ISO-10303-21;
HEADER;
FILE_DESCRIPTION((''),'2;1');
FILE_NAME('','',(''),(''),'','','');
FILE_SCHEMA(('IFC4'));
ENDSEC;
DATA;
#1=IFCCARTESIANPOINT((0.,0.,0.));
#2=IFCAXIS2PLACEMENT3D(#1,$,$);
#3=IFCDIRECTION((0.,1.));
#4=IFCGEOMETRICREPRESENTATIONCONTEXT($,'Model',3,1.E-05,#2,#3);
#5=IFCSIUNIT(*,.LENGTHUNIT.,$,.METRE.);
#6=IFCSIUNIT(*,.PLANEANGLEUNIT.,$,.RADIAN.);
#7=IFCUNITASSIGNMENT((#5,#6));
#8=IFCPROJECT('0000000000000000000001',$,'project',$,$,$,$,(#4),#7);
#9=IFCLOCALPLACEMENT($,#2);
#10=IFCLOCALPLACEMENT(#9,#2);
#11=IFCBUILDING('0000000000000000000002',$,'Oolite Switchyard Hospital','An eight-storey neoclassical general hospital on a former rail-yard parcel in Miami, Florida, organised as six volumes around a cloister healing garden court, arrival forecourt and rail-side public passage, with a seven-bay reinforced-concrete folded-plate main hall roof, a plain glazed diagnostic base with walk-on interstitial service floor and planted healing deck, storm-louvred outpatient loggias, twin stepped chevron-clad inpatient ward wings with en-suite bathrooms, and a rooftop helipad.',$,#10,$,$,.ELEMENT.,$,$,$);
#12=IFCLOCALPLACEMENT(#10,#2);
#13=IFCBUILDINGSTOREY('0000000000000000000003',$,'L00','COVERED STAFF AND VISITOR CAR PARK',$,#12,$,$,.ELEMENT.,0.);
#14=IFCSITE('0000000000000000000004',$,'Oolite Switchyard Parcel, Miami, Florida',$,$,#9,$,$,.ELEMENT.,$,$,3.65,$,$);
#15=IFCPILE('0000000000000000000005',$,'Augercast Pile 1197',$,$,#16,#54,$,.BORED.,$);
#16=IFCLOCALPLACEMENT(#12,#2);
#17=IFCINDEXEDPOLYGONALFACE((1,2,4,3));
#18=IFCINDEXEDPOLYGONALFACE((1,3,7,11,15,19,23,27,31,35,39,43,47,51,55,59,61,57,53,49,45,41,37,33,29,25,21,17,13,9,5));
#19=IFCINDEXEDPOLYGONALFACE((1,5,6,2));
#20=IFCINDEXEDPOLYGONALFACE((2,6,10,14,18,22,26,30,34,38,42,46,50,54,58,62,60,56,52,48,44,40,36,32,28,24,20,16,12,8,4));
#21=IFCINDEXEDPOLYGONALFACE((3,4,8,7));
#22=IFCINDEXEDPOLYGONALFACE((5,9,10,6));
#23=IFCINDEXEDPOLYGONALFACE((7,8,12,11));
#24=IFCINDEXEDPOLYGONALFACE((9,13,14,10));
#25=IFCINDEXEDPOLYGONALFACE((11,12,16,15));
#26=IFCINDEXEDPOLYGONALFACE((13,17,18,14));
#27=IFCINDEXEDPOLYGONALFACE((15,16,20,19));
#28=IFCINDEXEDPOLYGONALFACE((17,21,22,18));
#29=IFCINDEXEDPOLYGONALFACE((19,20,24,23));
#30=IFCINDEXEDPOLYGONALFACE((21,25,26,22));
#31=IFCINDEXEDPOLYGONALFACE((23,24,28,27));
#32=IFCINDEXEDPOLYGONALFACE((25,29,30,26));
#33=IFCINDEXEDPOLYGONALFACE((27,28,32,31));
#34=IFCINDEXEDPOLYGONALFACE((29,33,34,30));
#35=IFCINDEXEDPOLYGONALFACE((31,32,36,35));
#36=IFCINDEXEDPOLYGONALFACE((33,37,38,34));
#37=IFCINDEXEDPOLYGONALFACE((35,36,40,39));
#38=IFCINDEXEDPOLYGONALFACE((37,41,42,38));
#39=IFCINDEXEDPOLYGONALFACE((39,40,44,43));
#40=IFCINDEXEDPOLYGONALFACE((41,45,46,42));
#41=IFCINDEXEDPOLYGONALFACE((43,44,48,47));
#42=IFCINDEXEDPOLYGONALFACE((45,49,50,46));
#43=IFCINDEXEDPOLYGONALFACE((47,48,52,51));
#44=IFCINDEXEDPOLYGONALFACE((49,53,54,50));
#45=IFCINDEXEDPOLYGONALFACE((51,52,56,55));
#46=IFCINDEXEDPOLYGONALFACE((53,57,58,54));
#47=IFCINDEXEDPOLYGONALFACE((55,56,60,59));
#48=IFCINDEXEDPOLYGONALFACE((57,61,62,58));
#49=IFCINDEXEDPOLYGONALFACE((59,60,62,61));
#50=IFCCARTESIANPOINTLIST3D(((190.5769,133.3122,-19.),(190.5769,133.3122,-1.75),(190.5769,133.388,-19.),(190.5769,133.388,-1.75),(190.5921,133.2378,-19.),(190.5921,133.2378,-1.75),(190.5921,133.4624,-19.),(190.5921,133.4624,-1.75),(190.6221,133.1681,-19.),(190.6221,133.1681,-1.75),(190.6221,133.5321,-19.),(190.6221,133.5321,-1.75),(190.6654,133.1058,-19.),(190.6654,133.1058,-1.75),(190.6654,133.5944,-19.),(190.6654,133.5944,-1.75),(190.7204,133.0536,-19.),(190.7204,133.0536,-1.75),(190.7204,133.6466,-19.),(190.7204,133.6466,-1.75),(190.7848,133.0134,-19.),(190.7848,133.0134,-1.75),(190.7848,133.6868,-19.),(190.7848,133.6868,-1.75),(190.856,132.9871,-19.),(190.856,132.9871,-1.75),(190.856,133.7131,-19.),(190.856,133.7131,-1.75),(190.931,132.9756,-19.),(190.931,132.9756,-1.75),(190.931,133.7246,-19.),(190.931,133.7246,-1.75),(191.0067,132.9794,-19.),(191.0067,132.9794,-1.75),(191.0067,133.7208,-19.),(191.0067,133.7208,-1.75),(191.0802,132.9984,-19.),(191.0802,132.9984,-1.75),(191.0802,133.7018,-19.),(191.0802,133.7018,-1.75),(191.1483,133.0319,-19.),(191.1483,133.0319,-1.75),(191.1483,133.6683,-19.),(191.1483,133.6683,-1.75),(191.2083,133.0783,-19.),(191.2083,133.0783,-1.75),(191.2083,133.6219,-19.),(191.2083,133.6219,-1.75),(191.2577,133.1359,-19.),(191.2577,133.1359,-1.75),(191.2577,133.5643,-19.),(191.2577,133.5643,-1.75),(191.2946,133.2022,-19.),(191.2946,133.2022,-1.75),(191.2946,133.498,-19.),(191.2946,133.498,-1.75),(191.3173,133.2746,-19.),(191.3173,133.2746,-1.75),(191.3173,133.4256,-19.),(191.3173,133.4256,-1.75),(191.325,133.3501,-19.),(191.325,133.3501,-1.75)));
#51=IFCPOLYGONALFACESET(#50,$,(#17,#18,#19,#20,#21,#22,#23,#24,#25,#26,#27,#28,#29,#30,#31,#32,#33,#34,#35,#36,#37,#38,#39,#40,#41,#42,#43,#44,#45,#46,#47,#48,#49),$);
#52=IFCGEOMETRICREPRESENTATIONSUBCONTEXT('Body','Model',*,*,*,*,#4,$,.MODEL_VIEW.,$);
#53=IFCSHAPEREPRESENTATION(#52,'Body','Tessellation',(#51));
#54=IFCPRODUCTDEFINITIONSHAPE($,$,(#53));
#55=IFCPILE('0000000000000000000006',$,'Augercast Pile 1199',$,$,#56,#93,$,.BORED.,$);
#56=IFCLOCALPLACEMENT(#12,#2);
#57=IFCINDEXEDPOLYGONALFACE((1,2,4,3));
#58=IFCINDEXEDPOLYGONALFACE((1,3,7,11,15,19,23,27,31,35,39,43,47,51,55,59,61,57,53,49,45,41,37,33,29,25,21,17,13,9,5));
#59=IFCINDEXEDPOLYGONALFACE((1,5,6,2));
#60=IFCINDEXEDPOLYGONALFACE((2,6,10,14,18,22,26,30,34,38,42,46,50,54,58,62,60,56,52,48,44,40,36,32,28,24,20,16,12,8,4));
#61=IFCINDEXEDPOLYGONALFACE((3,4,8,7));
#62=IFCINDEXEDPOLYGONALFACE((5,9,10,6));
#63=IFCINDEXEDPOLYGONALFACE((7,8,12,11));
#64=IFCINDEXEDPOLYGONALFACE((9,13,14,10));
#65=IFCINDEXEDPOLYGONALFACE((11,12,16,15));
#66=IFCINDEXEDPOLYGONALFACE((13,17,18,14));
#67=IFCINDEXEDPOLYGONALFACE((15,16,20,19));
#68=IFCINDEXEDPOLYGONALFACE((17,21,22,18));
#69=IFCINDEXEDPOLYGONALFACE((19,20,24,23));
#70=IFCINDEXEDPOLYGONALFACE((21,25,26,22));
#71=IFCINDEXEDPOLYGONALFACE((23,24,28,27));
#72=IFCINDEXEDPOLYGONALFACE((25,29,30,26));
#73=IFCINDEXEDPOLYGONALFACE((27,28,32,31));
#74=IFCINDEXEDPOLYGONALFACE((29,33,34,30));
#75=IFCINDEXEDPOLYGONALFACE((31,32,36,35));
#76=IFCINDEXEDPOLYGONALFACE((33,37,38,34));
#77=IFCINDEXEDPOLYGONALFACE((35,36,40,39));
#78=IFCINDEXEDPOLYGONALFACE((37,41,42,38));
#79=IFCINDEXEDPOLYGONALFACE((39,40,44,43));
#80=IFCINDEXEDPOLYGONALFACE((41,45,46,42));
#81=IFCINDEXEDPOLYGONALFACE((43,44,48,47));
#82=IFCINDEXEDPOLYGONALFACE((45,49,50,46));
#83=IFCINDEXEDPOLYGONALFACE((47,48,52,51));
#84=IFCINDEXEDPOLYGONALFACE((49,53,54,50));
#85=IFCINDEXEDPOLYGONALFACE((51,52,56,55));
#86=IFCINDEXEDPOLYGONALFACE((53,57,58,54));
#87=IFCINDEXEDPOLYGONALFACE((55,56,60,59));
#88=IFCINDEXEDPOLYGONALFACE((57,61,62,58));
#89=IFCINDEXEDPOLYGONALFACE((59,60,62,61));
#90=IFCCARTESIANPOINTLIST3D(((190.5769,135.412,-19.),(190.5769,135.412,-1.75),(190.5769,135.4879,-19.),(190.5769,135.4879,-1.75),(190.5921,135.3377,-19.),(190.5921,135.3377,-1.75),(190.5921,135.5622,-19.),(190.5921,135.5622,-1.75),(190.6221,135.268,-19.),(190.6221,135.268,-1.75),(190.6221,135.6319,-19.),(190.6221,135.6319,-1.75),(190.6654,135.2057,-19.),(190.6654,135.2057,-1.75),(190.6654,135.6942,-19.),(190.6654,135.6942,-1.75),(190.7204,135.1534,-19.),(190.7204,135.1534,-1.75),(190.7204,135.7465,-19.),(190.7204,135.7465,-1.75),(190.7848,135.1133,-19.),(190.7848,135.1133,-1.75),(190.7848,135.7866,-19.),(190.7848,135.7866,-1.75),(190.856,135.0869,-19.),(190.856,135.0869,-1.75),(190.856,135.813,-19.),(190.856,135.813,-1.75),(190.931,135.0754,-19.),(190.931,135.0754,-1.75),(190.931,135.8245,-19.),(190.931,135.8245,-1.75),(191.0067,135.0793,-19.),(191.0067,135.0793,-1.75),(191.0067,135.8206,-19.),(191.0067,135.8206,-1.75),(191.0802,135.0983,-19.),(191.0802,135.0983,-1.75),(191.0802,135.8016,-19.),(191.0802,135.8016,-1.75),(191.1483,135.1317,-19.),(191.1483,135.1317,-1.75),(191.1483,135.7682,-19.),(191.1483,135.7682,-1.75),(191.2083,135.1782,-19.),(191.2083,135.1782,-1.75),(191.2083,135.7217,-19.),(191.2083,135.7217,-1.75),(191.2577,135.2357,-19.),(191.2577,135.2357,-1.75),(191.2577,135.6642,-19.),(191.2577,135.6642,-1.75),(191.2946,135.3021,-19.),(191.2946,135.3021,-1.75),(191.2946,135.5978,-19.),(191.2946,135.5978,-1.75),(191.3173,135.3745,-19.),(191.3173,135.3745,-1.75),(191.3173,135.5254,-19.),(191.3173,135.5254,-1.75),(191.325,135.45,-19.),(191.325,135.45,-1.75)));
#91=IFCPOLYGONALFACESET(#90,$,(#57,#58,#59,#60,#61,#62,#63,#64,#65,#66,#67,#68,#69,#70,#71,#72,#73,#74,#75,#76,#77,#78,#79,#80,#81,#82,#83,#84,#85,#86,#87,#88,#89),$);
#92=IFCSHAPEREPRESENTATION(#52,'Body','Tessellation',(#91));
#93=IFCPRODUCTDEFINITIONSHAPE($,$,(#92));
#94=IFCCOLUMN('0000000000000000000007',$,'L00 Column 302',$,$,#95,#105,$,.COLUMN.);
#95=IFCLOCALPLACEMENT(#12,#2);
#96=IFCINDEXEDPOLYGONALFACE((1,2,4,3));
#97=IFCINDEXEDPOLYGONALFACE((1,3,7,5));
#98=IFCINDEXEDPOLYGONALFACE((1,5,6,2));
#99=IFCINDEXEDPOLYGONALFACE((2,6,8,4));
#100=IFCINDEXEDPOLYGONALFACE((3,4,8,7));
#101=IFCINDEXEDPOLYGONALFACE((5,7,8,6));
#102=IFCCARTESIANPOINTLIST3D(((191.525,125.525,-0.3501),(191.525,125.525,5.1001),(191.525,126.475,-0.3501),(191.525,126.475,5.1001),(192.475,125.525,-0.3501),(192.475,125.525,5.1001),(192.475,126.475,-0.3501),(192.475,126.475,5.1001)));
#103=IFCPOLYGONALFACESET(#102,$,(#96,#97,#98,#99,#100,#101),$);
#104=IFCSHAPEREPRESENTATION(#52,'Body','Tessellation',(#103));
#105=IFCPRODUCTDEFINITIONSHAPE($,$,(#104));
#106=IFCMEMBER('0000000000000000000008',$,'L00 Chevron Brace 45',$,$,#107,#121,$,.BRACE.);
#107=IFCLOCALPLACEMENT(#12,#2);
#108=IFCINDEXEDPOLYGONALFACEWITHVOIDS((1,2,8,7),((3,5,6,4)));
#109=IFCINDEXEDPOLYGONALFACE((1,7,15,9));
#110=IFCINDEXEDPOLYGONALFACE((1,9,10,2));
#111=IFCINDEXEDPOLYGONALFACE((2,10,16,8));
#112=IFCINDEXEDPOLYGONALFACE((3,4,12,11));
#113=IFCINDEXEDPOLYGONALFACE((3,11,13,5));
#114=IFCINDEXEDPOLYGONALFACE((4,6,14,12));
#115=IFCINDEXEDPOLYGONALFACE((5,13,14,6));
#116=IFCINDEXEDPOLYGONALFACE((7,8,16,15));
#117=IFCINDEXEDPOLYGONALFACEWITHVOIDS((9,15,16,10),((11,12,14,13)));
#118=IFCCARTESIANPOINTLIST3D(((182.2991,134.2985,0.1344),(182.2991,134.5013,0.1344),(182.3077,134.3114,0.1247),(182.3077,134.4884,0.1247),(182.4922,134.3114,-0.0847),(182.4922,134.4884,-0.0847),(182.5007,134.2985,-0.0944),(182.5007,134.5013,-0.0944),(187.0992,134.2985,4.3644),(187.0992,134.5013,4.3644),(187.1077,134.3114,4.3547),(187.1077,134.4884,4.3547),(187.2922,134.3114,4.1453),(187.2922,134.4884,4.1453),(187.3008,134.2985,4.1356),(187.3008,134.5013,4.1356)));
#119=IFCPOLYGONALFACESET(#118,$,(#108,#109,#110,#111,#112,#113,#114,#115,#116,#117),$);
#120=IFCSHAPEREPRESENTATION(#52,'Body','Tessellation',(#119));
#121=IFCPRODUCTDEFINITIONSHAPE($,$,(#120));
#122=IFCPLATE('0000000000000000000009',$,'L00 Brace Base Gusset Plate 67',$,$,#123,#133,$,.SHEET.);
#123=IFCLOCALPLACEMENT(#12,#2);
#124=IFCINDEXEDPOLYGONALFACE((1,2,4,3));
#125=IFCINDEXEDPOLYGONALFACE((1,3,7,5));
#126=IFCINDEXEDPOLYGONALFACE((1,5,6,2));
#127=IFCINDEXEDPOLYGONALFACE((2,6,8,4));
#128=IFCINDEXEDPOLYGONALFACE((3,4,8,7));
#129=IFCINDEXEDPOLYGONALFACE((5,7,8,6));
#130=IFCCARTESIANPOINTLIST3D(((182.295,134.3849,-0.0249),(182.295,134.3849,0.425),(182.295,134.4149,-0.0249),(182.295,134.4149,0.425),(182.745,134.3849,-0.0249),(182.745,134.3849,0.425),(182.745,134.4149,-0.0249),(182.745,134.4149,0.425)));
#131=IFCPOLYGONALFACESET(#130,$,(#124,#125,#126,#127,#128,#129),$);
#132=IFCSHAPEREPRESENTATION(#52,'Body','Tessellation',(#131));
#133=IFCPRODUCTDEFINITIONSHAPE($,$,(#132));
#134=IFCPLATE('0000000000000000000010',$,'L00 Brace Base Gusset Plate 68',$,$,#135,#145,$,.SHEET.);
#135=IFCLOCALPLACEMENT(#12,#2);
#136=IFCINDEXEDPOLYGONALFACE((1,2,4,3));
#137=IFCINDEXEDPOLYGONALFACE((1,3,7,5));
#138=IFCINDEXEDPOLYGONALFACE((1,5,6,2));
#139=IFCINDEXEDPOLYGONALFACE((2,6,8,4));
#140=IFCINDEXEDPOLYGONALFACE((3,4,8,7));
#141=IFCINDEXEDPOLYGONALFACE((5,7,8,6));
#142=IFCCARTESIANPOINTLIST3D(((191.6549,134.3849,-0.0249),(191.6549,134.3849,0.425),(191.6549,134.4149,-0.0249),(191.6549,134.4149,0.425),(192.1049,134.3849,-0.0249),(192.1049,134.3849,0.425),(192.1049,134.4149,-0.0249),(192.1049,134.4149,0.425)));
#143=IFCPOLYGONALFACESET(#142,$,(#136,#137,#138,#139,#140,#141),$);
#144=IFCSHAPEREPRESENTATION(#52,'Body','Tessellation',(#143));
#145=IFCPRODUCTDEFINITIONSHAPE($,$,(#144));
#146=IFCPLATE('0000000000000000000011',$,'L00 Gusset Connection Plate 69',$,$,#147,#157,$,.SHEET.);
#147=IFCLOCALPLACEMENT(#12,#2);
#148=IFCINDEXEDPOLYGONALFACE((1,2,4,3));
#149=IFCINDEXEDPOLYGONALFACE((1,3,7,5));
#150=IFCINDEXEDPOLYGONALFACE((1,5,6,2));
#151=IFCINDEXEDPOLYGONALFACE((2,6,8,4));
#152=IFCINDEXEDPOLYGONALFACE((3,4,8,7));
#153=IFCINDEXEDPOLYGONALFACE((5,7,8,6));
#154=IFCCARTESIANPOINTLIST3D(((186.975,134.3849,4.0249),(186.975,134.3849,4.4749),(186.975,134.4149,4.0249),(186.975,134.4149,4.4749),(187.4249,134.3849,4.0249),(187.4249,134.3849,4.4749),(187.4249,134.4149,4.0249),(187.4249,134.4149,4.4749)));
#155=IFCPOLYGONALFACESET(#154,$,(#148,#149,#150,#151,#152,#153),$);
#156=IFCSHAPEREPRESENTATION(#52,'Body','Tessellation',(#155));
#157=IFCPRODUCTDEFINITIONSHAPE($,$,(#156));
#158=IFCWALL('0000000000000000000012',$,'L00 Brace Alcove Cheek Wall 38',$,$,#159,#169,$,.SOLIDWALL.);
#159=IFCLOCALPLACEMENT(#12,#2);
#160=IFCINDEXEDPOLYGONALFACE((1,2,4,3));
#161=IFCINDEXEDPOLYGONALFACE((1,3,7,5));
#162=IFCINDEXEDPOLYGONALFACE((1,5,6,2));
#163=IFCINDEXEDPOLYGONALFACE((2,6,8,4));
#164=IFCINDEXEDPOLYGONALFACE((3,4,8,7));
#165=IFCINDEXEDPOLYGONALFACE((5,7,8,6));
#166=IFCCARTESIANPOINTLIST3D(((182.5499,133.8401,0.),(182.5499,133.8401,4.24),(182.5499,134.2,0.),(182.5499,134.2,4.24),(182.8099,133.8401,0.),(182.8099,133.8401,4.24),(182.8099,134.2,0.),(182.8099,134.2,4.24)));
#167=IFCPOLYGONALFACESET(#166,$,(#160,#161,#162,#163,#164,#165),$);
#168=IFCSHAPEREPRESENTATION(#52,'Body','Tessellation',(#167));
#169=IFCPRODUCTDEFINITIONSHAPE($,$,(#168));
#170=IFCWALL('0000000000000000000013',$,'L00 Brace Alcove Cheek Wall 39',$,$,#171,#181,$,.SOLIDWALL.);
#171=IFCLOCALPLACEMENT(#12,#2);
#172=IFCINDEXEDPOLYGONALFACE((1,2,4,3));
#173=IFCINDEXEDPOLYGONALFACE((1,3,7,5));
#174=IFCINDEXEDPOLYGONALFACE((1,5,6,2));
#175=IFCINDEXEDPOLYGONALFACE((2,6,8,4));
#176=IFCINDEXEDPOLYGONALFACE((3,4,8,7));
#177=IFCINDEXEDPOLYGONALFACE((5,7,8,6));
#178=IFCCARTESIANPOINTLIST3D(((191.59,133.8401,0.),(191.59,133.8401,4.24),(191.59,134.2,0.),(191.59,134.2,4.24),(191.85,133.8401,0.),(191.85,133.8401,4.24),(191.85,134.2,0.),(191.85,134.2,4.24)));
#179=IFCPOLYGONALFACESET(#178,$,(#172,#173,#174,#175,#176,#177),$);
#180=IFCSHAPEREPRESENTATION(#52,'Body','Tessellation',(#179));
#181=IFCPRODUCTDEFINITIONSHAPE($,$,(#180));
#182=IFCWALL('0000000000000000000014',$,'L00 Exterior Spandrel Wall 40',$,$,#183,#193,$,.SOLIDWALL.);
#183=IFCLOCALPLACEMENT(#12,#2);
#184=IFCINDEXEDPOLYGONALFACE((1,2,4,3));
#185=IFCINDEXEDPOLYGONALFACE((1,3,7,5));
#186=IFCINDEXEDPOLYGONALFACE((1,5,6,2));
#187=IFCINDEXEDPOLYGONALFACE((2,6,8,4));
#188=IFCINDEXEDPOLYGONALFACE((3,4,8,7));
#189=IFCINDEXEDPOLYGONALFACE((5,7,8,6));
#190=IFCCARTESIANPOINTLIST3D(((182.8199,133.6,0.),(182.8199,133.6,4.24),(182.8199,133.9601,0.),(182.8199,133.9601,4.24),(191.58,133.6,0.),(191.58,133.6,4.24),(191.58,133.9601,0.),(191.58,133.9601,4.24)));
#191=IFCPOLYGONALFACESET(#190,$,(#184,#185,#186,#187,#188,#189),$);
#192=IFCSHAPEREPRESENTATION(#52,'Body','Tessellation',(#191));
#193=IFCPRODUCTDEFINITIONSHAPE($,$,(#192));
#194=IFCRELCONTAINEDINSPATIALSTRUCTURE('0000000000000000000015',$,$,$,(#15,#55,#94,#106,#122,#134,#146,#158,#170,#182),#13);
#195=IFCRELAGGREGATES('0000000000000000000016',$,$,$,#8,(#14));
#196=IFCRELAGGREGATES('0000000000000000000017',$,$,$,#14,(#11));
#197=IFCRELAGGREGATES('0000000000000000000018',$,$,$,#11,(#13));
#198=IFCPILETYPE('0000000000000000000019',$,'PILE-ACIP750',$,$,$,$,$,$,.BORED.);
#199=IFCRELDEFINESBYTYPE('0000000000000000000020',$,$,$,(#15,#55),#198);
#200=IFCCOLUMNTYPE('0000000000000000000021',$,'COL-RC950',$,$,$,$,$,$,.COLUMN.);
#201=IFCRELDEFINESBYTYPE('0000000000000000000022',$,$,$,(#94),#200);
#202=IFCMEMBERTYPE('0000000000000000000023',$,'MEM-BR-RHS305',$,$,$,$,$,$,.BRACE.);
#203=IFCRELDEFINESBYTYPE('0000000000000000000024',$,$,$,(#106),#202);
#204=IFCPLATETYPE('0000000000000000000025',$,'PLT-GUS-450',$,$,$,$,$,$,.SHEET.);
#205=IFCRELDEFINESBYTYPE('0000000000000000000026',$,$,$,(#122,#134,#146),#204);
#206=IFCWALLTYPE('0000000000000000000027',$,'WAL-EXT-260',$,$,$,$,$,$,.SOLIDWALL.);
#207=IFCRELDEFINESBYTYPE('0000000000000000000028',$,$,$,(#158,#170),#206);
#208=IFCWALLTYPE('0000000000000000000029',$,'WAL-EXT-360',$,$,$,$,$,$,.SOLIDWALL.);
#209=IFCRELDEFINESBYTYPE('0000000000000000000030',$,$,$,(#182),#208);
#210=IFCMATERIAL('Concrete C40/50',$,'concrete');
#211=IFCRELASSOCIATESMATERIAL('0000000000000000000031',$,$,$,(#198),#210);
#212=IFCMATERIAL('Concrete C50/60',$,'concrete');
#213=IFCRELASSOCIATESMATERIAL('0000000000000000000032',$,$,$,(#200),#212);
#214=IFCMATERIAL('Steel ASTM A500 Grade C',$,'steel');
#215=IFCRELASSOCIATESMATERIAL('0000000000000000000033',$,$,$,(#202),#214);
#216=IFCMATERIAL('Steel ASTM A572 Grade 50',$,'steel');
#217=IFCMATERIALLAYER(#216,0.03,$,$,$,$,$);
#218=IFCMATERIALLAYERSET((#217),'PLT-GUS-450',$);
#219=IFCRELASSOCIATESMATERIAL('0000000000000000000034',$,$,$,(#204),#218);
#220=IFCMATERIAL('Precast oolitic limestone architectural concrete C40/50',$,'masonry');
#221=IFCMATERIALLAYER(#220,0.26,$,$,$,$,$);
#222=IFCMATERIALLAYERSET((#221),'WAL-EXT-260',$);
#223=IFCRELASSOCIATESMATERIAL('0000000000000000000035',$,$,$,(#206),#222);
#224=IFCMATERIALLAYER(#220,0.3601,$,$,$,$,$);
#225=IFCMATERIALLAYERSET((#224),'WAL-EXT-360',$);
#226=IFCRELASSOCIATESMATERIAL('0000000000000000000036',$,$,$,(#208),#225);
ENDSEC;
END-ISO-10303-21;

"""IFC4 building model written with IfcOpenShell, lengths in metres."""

from ifc_helpers import new_model, si_unit, direction, frame, frame_2d, origin, origin_2d, place, context, subcontext, project, spatial, rectangle, hollow_rectangle, circle, extrude, material, layer, layer_set, material_profile, profile_set, type_object, element, save


model = new_model("IFC4")

# Units and contexts
model_context = context("Model", 3, precision=1e-05, world=origin(), true_north=direction((0.0, 1.0)))
body_context = subcontext(model_context, "Body", "Model", "MODEL_VIEW")
ifc_project = project(units=[si_unit("LENGTHUNIT", "METRE"), si_unit("PLANEANGLEUNIT", "RADIAN")], contexts=[model_context])

# Site, building, storey
site_placement = place(None, origin())
site = spatial("IfcSite", under=ifc_project, at=site_placement, Name="Oolite Switchyard Parcel, Miami, Florida", CompositionType="ELEMENT", RefElevation=3.65)
building_placement = place(site_placement, origin())
building = spatial("IfcBuilding", under=site, at=building_placement, Name="Oolite Switchyard Hospital", Description="An eight-storey neoclassical general hospital on a former rail-yard parcel in Miami, Florida, organised as six volumes around a cloister healing garden court, arrival forecourt and rail-side public passage, with a seven-bay reinforced-concrete folded-plate main hall roof, a plain glazed diagnostic base with walk-on interstitial service floor and planted healing deck, storm-louvred outpatient loggias, twin stepped chevron-clad inpatient ward wings with en-suite bathrooms, and a rooftop helipad.", CompositionType="ELEMENT")
storey_placement = place(building_placement, origin())
storey = spatial("IfcBuildingStorey", under=building, at=storey_placement, Name="L00", Description="COVERED STAFF AND VISITOR CAR PARK", CompositionType="ELEMENT", Elevation=0.0)

# Shared definitions
ifc_material_1 = material(Name="Concrete C40/50", Category="concrete")

# Piles
ifc_material_profile_1 = material_profile(ifc_material_1, circle(Radius=0.375, at=origin_2d()), Name="PILE750")
ifc_profile_set_1 = profile_set([ifc_material_profile_1], Name="Concrete C40/50")
pile_type = type_object("IfcPileType", Name="PILE-ACIP750", PredefinedType="BORED", material=ifc_profile_set_1)
for number, where, z_axis, x_axis, name in (
    (1, (190.95, 133.3501, -1.75), (0.0, 0.0, -1.0), (1.0, 0.0, 0.0), "Augercast Pile 1197"),
    (2, (190.95, 135.45, -1.75), (0.0, 0.0, -1.0), (1.0, 0.0, 0.0), "Augercast Pile 1199"),
):
    element("IfcPile", number, at=place(storey_placement, frame(where, z_axis=z_axis, x_axis=x_axis)), inside=storey, type_object=pile_type, Name=name, PredefinedType="BORED", context=body_context, shape_type="SweptSolid", body=[
        extrude(circle(Radius=0.375, at=origin_2d()), origin(), (0.0, 0.0, 1.0), 17.25),
    ])

# Column
ifc_material_2 = material(Name="Concrete C50/60", Category="concrete")
ifc_material_profile_2 = material_profile(ifc_material_2, rectangle(XDim=0.95, YDim=0.95, at=origin_2d()), Name="RC950X950")
ifc_profile_set_2 = profile_set([ifc_material_profile_2], Name="Concrete C50/60")
column_type = type_object("IfcColumnType", Name="COL-RC950", PredefinedType="COLUMN", material=ifc_profile_set_2)
column_placement = place(storey_placement, frame((192.0, 126.0, -0.3501), z_axis=(0.0, 0.0, 1.0), x_axis=(1.0, 0.0, 0.0)))
element("IfcColumn", 3, at=column_placement, inside=storey, type_object=column_type, Name="L00 Column 302", PredefinedType="COLUMN", context=body_context, shape_type="SweptSolid", body=[
    extrude(rectangle(XDim=0.95, YDim=0.95, at=origin_2d()), origin(), (0.0, 0.0, 1.0), 5.4502),
])

# Member
ifc_material_3 = material(Name="Steel ASTM A500 Grade C", Category="steel")
ifc_material_profile_3 = material_profile(ifc_material_3, hollow_rectangle(XDim=0.2029, YDim=0.3049, WallThickness=0.0129, at=origin_2d()), Name="HSS305X203X13")
ifc_profile_set_3 = profile_set([ifc_material_profile_3], Name="Steel ASTM A500 Grade C")
member_type = type_object("IfcMemberType", Name="MEM-BR-RHS305", PredefinedType="BRACE", material=ifc_profile_set_3)
member_placement = place(storey_placement, frame((182.3999, 134.3999, 0.02), z_axis=(0.750253, 0.0, 0.661151), x_axis=(0.0, 1.0, 0.0)))
element("IfcMember", 4, at=member_placement, inside=storey, type_object=member_type, Name="L00 Chevron Brace 45", PredefinedType="BRACE", context=body_context, shape_type="SweptSolid", body=[
    extrude(hollow_rectangle(XDim=0.2029, YDim=0.3049, WallThickness=0.0129, at=origin_2d()), origin(), (0.0, 0.0, 1.0), 6.3979),
])

# Plates
ifc_material_4 = material(Name="Steel ASTM A572 Grade 50", Category="steel")
ifc_layer_1 = layer(ifc_material_4, 0.03)
ifc_layer_set_1 = layer_set([ifc_layer_1], Name="PLT-GUS-450")
plate_type = type_object("IfcPlateType", Name="PLT-GUS-450", PredefinedType="SHEET", material=ifc_layer_set_1)
for number, where, z_axis, x_axis, name in (
    (5, (182.52, 134.3999, -0.0249), (0.0, 0.0, 1.0), (1.0, 0.0, 0.0), "L00 Brace Base Gusset Plate 67"),
    (6, (191.8799, 134.3999, -0.0249), (0.0, 0.0, 1.0), (1.0, 0.0, 0.0), "L00 Brace Base Gusset Plate 68"),
    (7, (187.2, 134.3999, 4.0249), (0.0, 0.0, 1.0), (1.0, 0.0, 0.0), "L00 Gusset Connection Plate 69"),
):
    element("IfcPlate", number, at=place(storey_placement, frame(where, z_axis=z_axis, x_axis=x_axis)), inside=storey, type_object=plate_type, Name=name, PredefinedType="SHEET", context=body_context, shape_type="SweptSolid", body=[
        extrude(rectangle(XDim=0.45, YDim=0.03, at=origin_2d()), origin(), (0.0, 0.0, 1.0), 0.45),
    ])

# Walls
ifc_material_5 = material(Name="Precast oolitic limestone architectural concrete C40/50", Category="masonry")
ifc_layer_2 = layer(ifc_material_5, 0.26)
ifc_layer_set_2 = layer_set([ifc_layer_2], Name="WAL-EXT-260")
wall_type_1 = type_object("IfcWallType", Name="WAL-EXT-260", PredefinedType="SOLIDWALL", material=ifc_layer_set_2)
for number, where, z_axis, x_axis, name in (
    (8, (182.6799, 134.2, 0.0), (0.0, 0.0, 1.0), (0.0, -1.0, 0.0), "L00 Brace Alcove Cheek Wall 38"),
    (9, (191.72, 134.2, 0.0), (0.0, 0.0, 1.0), (0.0, -1.0, 0.0), "L00 Brace Alcove Cheek Wall 39"),
):
    element("IfcWall", number, at=place(storey_placement, frame(where, z_axis=z_axis, x_axis=x_axis)), inside=storey, type_object=wall_type_1, Name=name, PredefinedType="SOLIDWALL", context=body_context, shape_type="SweptSolid", body=[
        extrude(rectangle(XDim=0.3599, YDim=0.26, at=frame_2d((0.1799, 0.0))), origin(), (0.0, 0.0, 1.0), 4.24),
    ])
ifc_layer_3 = layer(ifc_material_5, 0.3601)
ifc_layer_set_3 = layer_set([ifc_layer_3], Name="WAL-EXT-360")
wall_type_2 = type_object("IfcWallType", Name="WAL-EXT-360", PredefinedType="SOLIDWALL", material=ifc_layer_set_3)
wall_1_placement = place(storey_placement, frame((182.8201, 133.78, 0.0), z_axis=(0.0, 0.0, 1.0), x_axis=(1.0, 0.0, 0.0)))
element("IfcWall", 10, at=wall_1_placement, inside=storey, type_object=wall_type_2, Name="L00 Exterior Spandrel Wall 40", PredefinedType="SOLIDWALL", context=body_context, shape_type="SweptSolid", body=[
    extrude(rectangle(XDim=8.76, YDim=0.3601, at=frame_2d((4.3799, 0.0))), origin(), (0.0, 0.0, 1.0), 4.24),
])

save(model, "model.ifc")
